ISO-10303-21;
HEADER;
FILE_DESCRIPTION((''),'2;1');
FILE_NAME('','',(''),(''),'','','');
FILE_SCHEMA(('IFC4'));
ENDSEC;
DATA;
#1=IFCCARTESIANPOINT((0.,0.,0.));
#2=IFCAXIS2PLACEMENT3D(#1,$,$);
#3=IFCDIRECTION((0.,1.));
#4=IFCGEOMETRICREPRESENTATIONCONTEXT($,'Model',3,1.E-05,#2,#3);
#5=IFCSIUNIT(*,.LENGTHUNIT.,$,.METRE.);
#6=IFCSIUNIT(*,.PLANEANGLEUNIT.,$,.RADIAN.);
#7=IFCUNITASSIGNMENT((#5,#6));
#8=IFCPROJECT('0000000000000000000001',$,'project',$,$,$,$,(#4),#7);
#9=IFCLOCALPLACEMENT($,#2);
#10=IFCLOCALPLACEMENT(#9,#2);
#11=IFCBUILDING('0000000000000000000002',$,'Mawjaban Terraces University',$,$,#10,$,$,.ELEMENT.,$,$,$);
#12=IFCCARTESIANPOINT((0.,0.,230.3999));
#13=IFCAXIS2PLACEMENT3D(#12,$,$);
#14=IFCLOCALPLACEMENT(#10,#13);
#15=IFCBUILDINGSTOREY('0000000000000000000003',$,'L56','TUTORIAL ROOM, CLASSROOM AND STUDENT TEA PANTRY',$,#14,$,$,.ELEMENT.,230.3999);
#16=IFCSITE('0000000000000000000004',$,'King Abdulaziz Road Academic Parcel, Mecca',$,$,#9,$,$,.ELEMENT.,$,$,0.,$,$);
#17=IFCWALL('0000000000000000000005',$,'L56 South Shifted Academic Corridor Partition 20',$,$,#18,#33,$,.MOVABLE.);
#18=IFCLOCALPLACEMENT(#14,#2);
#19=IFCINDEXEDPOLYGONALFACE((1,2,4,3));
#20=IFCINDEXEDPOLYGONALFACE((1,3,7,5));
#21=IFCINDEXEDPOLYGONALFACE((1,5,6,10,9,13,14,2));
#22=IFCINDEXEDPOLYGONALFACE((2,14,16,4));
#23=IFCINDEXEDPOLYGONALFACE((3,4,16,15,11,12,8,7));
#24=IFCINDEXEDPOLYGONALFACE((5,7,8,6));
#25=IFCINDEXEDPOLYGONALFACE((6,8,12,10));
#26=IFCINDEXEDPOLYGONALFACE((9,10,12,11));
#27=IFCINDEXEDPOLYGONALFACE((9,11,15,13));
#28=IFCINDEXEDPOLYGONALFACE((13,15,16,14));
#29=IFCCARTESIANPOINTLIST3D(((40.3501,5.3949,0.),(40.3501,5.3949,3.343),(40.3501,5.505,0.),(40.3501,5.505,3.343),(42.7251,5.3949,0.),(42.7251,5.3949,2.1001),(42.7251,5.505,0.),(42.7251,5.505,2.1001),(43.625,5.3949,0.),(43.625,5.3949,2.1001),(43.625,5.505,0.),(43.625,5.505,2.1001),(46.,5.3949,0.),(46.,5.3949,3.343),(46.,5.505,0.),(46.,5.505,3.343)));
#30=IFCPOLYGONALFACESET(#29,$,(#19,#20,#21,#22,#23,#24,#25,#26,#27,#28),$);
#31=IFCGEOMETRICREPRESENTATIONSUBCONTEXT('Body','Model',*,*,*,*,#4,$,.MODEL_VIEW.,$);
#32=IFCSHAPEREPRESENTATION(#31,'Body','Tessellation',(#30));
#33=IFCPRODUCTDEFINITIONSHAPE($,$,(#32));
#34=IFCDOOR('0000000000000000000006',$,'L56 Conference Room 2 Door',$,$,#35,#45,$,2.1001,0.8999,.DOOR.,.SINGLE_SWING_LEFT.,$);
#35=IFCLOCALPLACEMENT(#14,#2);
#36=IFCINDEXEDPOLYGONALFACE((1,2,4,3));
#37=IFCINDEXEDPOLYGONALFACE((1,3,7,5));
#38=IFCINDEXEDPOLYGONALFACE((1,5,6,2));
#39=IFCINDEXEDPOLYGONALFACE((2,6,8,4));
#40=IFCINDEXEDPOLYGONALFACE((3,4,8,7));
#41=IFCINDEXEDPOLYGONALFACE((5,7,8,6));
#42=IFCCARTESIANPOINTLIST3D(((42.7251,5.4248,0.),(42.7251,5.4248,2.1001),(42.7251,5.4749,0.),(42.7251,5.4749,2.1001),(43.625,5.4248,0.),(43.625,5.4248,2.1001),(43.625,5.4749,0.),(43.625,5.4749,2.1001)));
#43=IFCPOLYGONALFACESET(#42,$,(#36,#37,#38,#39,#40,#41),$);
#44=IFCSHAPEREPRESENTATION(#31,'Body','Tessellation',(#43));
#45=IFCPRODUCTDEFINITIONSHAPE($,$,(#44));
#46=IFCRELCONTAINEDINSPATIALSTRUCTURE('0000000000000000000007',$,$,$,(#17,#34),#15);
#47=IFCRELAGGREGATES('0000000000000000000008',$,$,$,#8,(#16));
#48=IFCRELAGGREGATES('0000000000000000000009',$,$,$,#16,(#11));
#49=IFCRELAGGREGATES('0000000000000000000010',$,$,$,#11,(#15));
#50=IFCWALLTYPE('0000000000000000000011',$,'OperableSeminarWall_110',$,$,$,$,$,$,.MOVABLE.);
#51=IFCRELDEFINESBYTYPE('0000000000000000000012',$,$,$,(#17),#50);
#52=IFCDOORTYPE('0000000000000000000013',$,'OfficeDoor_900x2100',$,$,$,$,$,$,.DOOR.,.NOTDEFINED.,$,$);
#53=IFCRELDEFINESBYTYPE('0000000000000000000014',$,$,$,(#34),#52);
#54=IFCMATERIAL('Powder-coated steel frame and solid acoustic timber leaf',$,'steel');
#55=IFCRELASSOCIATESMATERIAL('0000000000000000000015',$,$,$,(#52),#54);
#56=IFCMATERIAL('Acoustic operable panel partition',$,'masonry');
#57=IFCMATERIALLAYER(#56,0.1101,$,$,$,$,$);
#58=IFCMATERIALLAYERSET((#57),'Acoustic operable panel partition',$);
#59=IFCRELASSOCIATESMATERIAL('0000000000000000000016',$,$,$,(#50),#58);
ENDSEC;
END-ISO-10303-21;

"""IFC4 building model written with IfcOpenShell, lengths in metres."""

from ifc_helpers import new_model, si_unit, direction, frame, frame_2d, origin, place, context, subcontext, project, spatial, rectangle, extrude, material, layer, layer_set, type_object, element, fill, save


model = new_model("IFC4")

# Units and contexts
model_context = context("Model", 3, precision=1e-05, world=origin(), true_north=direction((0.0, 1.0)))
body_context = subcontext(model_context, "Body", "Model", "MODEL_VIEW")
ifc_project = project(units=[si_unit("LENGTHUNIT", "METRE"), si_unit("PLANEANGLEUNIT", "RADIAN")], contexts=[model_context])

# Site, building, storey
site_placement = place(None, origin())
site = spatial("IfcSite", under=ifc_project, at=site_placement, Name="King Abdulaziz Road Academic Parcel, Mecca", CompositionType="ELEMENT", RefElevation=0.0)
building_placement = place(site_placement, origin())
building = spatial("IfcBuilding", under=site, at=building_placement, Name="Mawjaban Terraces University", CompositionType="ELEMENT")
storey_placement = place(building_placement, frame((0.0, 0.0, 230.3999)))
storey = spatial("IfcBuildingStorey", under=building, at=storey_placement, Name="L56", Description="TUTORIAL ROOM, CLASSROOM AND STUDENT TEA PANTRY", CompositionType="ELEMENT", Elevation=230.3999)

# Shared definitions
ifc_material_1 = material(Name="Powder-coated steel frame and solid acoustic timber leaf", Category="steel")
door_type_1 = type_object("IfcDoorType", Name="OfficeDoor_900x2100", OperationType="NOTDEFINED", PredefinedType="DOOR", material=ifc_material_1)

# Wall, opening, door
ifc_material_2 = material(Name="Acoustic operable panel partition", Category="masonry")
ifc_layer_1 = layer(ifc_material_2, 0.1101)
ifc_layer_set_1 = layer_set([ifc_layer_1], Name="Acoustic operable panel partition")
wall_type_1 = type_object("IfcWallType", Name="OperableSeminarWall_110", PredefinedType="MOVABLE", material=ifc_layer_set_1)
wall_1_placement = place(storey_placement, frame((40.3501, 5.45, 0.0), z_axis=(0.0, 0.0, 1.0), x_axis=(1.0, 0.0, 0.0)))
wall_1 = element("IfcWall", 1, at=wall_1_placement, inside=storey, type_object=wall_type_1, Name="L56 South Shifted Academic Corridor Partition 20", PredefinedType="MOVABLE", context=body_context, shape_type="SweptSolid", body=[
    extrude(rectangle(XDim=5.6499, YDim=0.1101, at=frame_2d((2.825, 0.0))), origin(), (0.0, 0.0, 1.0), 3.343),
])
opening_1_placement = place(wall_1_placement, frame((2.375, 0.0, 0.0)))
opening_1 = element("IfcOpeningElement", 2, at=opening_1_placement, cuts=wall_1, PredefinedType="OPENING", context=body_context, shape_type="SweptSolid", body=[
    extrude(rectangle(XDim=0.8999, YDim=2.1001, at=frame_2d((0.45, 1.05))), frame((0.0, 0.0649, 0.0), z_axis=(0.0, -1.0, 0.0), x_axis=(1.0, 0.0, 0.0)), (0.0, 0.0, 1.0), 0.1301),
])
door_1_placement = place(opening_1_placement, origin())
door_1 = element("IfcDoor", 3, at=door_1_placement, inside=storey, type_object=door_type_1, Name="L56 Conference Room 2 Door", OperationType="SINGLE_SWING_LEFT", OverallHeight=2.1001, OverallWidth=0.8999, PredefinedType="DOOR", context=body_context, shape_type="SweptSolid", body=[
    extrude(rectangle(XDim=0.8999, YDim=2.1001, at=frame_2d((0.45, 1.05))), frame((0.0, 0.0249, 0.0), z_axis=(0.0, -1.0, 0.0), x_axis=(1.0, 0.0, 0.0)), (0.0, 0.0, 1.0), 0.05),
])
fill(opening_1, door_1)

save(model, "model.ifc")
